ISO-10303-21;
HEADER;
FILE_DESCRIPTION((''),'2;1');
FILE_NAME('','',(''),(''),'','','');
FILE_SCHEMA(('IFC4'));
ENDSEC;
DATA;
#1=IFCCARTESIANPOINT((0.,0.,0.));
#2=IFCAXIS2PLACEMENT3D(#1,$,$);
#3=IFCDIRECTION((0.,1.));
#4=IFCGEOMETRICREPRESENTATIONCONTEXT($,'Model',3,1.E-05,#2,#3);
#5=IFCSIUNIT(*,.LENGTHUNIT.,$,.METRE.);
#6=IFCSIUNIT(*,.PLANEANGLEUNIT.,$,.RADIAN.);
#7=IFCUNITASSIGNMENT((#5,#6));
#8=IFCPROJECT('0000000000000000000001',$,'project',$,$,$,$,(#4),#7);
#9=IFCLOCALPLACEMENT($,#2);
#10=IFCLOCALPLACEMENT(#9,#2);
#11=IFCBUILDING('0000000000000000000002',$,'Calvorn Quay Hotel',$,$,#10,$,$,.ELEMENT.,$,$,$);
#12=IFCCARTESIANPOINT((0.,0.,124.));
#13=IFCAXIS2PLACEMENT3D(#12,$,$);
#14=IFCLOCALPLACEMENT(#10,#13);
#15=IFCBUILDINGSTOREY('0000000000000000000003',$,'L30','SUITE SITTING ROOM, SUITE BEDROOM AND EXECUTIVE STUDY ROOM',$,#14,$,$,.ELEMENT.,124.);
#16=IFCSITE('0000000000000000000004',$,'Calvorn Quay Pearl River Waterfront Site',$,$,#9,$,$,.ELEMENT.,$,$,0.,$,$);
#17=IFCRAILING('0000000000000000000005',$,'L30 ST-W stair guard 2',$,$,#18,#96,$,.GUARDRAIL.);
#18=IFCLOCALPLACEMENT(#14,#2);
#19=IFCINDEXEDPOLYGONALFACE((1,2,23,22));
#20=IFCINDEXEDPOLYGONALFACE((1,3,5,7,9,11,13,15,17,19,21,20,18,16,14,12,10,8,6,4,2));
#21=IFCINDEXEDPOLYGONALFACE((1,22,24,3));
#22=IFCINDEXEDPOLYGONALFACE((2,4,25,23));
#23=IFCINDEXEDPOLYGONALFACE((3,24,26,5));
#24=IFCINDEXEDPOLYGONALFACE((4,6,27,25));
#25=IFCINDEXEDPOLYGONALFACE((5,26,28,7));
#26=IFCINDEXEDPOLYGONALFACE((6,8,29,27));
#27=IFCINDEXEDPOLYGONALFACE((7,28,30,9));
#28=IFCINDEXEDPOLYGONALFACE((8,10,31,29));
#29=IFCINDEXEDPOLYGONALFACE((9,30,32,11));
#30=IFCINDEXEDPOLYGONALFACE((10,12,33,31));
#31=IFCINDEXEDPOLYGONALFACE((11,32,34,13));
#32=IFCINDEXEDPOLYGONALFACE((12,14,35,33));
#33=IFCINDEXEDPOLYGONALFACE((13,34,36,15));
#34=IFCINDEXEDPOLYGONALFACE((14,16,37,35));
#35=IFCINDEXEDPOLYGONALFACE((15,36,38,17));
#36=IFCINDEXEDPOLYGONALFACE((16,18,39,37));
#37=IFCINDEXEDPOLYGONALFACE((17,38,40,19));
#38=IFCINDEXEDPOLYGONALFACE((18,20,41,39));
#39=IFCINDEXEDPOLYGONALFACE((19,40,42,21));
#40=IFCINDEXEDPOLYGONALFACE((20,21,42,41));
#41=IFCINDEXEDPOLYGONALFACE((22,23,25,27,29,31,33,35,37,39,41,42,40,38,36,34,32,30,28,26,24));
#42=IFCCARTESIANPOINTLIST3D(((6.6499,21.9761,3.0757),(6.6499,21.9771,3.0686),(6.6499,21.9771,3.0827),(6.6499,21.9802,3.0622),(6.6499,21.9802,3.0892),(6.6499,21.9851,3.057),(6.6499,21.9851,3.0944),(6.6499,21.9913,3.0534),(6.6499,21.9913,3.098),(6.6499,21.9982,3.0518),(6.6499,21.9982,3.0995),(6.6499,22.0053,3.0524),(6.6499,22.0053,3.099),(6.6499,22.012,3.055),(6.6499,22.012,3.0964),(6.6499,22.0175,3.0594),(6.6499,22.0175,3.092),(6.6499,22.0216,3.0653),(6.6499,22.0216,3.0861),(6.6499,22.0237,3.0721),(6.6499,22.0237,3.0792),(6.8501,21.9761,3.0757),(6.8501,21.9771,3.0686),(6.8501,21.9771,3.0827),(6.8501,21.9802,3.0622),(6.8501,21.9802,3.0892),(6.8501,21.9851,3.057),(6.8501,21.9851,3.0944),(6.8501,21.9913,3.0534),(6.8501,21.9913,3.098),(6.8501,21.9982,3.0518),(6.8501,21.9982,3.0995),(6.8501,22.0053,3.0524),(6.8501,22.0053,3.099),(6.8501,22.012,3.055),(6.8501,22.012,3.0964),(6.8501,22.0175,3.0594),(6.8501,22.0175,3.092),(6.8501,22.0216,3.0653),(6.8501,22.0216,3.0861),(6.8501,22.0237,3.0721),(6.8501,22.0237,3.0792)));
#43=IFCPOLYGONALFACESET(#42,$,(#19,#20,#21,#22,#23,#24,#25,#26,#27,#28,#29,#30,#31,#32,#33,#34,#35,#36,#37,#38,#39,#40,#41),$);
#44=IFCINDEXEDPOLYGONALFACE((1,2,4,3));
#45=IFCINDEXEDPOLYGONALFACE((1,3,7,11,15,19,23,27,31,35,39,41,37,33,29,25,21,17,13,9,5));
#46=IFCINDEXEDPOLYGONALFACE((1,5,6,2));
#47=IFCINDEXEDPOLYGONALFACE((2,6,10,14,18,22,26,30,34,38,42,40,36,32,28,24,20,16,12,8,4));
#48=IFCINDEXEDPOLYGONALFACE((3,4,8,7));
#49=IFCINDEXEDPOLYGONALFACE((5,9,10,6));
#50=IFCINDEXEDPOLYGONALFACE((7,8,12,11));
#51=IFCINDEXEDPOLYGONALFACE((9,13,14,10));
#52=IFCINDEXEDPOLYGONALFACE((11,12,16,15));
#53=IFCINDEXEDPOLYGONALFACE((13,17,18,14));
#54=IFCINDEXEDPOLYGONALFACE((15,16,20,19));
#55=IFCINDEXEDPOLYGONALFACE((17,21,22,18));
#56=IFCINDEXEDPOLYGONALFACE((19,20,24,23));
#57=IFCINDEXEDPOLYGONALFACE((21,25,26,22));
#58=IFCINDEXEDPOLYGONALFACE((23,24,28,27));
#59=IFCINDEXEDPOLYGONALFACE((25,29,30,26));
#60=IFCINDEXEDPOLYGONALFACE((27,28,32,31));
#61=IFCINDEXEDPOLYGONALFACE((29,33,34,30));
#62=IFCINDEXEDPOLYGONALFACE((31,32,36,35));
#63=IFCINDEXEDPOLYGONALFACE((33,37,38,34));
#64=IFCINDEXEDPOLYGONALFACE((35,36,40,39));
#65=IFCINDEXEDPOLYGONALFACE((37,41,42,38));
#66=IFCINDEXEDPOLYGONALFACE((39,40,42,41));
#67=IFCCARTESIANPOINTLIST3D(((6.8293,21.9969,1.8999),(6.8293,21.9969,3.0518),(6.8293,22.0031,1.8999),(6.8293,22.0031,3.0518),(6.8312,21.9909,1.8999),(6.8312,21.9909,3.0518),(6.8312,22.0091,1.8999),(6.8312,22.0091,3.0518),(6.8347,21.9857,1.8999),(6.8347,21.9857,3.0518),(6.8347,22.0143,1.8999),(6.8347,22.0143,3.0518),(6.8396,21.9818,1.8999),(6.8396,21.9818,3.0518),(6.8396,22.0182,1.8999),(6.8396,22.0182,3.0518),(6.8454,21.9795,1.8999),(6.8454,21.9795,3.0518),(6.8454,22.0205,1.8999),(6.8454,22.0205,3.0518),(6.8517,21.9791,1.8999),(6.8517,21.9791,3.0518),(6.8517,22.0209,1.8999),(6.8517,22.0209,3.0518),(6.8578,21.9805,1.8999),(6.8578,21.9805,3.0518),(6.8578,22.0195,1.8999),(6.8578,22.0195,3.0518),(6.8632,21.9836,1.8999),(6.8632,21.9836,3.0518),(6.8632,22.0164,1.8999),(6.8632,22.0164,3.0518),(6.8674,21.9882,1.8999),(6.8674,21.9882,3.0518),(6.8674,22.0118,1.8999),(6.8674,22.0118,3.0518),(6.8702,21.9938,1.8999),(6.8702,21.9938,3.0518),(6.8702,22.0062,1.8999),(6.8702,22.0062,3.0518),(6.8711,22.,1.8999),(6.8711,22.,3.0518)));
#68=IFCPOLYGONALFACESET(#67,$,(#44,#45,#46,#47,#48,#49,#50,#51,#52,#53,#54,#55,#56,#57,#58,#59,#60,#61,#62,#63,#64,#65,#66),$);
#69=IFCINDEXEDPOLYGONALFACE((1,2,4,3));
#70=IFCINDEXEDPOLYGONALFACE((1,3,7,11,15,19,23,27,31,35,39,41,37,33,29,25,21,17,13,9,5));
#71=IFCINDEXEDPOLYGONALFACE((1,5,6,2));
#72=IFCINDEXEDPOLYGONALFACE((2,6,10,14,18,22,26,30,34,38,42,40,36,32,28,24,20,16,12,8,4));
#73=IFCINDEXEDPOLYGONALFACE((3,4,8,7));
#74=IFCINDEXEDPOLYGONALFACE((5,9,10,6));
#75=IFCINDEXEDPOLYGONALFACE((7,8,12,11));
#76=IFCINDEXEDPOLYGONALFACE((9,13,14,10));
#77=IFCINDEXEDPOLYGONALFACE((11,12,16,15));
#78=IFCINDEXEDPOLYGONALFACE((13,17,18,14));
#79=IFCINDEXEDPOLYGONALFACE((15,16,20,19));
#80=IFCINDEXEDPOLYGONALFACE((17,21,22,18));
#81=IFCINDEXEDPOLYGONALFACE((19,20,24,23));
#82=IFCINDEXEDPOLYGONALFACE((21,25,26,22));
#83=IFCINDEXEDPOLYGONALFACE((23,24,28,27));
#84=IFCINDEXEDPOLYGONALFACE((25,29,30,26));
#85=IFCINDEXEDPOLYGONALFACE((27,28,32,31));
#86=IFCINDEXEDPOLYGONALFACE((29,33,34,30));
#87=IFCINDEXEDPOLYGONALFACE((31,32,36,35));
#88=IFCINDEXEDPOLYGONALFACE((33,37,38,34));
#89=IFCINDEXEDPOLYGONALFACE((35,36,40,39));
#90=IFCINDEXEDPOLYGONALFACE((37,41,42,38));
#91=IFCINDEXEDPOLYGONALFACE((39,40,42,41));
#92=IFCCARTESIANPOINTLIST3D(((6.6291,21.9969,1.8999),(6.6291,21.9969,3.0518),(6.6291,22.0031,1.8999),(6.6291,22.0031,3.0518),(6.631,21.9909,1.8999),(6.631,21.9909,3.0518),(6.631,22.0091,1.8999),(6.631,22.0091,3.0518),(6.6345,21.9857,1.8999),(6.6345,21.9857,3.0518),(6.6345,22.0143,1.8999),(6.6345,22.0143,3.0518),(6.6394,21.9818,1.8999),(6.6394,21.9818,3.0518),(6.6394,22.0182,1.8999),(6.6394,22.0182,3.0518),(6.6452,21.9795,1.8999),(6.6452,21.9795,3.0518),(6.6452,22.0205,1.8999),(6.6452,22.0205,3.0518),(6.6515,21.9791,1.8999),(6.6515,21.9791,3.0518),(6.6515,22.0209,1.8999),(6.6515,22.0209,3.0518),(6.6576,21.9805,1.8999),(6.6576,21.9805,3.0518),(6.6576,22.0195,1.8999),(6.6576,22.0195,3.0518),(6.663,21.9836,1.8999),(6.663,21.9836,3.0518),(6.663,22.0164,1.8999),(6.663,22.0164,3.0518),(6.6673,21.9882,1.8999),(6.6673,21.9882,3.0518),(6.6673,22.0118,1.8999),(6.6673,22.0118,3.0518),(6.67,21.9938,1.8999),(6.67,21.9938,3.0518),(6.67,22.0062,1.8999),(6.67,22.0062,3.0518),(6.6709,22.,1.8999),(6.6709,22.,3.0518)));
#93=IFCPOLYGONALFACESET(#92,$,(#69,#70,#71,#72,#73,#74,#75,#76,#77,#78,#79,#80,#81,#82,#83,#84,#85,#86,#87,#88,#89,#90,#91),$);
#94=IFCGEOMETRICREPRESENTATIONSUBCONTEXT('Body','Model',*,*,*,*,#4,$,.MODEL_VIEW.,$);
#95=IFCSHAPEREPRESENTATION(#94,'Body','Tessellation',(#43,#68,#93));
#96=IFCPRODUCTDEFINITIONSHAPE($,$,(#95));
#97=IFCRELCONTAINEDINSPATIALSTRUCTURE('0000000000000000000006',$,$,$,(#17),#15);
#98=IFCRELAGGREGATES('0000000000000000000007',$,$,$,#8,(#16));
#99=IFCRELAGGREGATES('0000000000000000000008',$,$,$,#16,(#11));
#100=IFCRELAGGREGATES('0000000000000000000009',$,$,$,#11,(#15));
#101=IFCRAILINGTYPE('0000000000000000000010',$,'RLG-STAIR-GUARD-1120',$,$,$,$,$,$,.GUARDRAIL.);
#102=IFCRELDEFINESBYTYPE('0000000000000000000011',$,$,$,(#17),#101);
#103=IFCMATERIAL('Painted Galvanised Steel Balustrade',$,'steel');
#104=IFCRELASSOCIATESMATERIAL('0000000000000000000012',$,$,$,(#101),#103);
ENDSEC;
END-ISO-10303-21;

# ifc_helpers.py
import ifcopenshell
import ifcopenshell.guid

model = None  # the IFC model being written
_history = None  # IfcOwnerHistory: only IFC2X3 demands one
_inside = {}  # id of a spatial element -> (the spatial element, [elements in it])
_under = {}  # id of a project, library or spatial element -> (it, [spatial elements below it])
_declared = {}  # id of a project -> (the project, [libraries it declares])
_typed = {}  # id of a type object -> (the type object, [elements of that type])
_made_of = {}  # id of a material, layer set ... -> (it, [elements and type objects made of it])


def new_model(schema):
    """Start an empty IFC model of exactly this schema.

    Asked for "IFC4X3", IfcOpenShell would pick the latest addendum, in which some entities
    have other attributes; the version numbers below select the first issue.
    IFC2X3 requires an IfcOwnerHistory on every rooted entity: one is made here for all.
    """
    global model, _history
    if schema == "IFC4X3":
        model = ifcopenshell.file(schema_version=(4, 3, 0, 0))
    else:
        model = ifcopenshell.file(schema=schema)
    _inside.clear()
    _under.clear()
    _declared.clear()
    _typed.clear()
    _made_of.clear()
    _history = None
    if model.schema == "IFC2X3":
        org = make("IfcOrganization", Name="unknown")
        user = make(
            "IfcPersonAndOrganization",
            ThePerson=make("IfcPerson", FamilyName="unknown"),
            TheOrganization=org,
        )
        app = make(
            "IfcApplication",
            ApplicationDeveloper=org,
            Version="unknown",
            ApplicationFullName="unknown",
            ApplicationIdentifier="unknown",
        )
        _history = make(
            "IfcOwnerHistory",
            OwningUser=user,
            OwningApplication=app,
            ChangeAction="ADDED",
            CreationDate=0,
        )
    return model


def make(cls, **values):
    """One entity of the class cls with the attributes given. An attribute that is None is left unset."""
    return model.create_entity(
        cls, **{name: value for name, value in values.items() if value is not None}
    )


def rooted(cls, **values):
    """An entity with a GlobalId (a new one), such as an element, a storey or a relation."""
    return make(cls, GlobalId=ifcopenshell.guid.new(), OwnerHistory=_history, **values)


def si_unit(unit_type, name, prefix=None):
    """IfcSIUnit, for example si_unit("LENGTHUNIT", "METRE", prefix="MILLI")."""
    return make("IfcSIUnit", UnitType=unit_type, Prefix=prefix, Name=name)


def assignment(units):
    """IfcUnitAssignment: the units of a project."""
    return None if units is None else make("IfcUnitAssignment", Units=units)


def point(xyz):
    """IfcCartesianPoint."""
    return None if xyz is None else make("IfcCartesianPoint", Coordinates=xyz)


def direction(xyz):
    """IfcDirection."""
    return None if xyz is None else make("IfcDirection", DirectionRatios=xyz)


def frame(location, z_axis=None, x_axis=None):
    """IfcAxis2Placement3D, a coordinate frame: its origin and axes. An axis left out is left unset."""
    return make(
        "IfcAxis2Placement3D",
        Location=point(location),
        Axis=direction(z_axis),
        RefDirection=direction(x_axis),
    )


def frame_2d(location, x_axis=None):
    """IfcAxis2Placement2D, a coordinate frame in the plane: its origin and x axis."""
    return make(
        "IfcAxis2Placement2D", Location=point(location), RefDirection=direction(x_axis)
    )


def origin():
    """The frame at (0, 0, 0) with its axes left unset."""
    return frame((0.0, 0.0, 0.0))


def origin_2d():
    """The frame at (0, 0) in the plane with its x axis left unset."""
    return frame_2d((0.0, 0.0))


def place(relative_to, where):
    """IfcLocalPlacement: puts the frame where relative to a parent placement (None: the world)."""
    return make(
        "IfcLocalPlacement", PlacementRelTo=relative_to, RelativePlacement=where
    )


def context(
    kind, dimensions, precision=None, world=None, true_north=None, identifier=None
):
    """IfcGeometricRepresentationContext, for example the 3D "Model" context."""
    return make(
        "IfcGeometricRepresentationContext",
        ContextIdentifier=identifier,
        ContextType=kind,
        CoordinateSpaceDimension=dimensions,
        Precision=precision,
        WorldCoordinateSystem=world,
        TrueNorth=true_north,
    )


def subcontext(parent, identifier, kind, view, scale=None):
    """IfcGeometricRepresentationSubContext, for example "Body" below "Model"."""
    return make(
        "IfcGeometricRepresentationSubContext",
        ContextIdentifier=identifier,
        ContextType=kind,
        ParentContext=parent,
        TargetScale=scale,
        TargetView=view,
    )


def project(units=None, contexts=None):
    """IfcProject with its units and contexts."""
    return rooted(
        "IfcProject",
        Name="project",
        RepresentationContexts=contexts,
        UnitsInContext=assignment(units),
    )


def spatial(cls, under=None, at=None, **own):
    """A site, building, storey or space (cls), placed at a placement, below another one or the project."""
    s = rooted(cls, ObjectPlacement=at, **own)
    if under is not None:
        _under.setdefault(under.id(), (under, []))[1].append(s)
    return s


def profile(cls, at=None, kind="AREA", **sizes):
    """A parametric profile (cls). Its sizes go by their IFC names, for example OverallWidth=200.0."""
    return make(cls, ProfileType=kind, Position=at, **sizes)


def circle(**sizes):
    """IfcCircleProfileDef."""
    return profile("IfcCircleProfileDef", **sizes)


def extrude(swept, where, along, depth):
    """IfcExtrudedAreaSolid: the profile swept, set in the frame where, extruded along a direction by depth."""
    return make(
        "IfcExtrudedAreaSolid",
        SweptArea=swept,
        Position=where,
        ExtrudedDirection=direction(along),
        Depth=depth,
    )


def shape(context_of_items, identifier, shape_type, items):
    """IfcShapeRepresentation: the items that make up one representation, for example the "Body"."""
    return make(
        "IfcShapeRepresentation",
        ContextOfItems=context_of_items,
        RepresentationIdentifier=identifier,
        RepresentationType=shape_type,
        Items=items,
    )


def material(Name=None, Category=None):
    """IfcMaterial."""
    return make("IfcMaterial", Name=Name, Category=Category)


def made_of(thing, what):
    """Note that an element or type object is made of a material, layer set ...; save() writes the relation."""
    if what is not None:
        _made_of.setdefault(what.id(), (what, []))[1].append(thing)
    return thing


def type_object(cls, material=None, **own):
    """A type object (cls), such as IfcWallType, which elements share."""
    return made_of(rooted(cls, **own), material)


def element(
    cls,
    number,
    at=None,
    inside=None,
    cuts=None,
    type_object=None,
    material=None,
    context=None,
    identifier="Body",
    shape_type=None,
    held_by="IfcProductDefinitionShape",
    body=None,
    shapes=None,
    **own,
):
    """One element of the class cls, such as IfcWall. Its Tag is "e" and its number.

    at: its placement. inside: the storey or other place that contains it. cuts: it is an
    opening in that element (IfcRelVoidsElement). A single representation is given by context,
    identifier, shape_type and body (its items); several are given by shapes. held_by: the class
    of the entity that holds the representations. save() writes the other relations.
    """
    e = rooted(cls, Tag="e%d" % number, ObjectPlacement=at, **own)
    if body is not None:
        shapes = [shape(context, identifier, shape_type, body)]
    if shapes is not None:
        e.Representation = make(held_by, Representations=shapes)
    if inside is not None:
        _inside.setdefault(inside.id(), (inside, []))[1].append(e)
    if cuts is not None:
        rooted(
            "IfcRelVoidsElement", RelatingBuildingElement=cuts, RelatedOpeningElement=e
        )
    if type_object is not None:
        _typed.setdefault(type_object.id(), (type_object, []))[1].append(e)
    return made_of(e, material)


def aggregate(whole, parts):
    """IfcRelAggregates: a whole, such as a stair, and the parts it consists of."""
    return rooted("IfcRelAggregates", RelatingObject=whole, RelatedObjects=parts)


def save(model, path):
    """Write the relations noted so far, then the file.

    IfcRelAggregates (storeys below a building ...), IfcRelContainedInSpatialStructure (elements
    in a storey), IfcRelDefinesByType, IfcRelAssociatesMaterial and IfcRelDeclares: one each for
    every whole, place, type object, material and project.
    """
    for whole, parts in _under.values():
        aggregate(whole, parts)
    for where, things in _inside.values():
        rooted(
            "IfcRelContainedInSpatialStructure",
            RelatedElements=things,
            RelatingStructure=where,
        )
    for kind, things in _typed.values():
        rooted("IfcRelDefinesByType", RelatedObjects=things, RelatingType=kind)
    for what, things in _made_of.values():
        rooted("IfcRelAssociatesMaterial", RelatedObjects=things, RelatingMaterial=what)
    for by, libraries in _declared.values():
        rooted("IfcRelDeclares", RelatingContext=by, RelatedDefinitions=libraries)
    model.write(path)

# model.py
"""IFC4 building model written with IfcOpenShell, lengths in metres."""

from ifc_helpers import new_model, si_unit, direction, frame, origin, origin_2d, place, context, subcontext, project, spatial, circle, extrude, material, type_object, element, save


model = new_model("IFC4")

# Units and contexts
model_context = context("Model", 3, precision=1e-05, world=origin(), true_north=direction((0.0, 1.0)))
body_context = subcontext(model_context, "Body", "Model", "MODEL_VIEW")
ifc_project = project(units=[si_unit("LENGTHUNIT", "METRE"), si_unit("PLANEANGLEUNIT", "RADIAN")], contexts=[model_context])

# Site, building, storey
site_placement = place(None, origin())
site = spatial("IfcSite", under=ifc_project, at=site_placement, Name="Calvorn Quay Pearl River Waterfront Site", CompositionType="ELEMENT", RefElevation=0.0)
building_placement = place(site_placement, origin())
building = spatial("IfcBuilding", under=site, at=building_placement, Name="Calvorn Quay Hotel", CompositionType="ELEMENT")
storey_placement = place(building_placement, frame((0.0, 0.0, 124.0)))
storey = spatial("IfcBuildingStorey", under=building, at=storey_placement, Name="L30", Description="SUITE SITTING ROOM, SUITE BEDROOM AND EXECUTIVE STUDY ROOM", CompositionType="ELEMENT", Elevation=124.0)

# Railing
ifc_material_1 = material(Name="Painted Galvanised Steel Balustrade", Category="steel")
railing_type_1 = type_object("IfcRailingType", Name="RLG-STAIR-GUARD-1120", PredefinedType="GUARDRAIL", material=ifc_material_1)
railing_1_placement = place(storey_placement, frame((6.8501, 22.0, 1.8999)))
element("IfcRailing", 1, at=railing_1_placement, inside=storey, type_object=railing_type_1, Name="L30 ST-W stair guard 2", PredefinedType="GUARDRAIL", context=body_context, shape_type="SweptSolid", body=[
    extrude(circle(Radius=0.0239, at=origin_2d()), frame((0.0, 0.0, 1.1758), z_axis=(-1.0, 0.0, 0.0), x_axis=(0.0, -1.0, 0.0)), (0.0, 0.0, 1.0), 0.2002),
    extrude(circle(Radius=0.021, at=origin_2d()), origin(), (0.0, 0.0, 1.0), 1.1519),
    extrude(circle(Radius=0.021, at=origin_2d()), frame((-0.2002, 0.0, 0.0)), (0.0, 0.0, 1.0), 1.1519),
])

save(model, "model.ifc")
